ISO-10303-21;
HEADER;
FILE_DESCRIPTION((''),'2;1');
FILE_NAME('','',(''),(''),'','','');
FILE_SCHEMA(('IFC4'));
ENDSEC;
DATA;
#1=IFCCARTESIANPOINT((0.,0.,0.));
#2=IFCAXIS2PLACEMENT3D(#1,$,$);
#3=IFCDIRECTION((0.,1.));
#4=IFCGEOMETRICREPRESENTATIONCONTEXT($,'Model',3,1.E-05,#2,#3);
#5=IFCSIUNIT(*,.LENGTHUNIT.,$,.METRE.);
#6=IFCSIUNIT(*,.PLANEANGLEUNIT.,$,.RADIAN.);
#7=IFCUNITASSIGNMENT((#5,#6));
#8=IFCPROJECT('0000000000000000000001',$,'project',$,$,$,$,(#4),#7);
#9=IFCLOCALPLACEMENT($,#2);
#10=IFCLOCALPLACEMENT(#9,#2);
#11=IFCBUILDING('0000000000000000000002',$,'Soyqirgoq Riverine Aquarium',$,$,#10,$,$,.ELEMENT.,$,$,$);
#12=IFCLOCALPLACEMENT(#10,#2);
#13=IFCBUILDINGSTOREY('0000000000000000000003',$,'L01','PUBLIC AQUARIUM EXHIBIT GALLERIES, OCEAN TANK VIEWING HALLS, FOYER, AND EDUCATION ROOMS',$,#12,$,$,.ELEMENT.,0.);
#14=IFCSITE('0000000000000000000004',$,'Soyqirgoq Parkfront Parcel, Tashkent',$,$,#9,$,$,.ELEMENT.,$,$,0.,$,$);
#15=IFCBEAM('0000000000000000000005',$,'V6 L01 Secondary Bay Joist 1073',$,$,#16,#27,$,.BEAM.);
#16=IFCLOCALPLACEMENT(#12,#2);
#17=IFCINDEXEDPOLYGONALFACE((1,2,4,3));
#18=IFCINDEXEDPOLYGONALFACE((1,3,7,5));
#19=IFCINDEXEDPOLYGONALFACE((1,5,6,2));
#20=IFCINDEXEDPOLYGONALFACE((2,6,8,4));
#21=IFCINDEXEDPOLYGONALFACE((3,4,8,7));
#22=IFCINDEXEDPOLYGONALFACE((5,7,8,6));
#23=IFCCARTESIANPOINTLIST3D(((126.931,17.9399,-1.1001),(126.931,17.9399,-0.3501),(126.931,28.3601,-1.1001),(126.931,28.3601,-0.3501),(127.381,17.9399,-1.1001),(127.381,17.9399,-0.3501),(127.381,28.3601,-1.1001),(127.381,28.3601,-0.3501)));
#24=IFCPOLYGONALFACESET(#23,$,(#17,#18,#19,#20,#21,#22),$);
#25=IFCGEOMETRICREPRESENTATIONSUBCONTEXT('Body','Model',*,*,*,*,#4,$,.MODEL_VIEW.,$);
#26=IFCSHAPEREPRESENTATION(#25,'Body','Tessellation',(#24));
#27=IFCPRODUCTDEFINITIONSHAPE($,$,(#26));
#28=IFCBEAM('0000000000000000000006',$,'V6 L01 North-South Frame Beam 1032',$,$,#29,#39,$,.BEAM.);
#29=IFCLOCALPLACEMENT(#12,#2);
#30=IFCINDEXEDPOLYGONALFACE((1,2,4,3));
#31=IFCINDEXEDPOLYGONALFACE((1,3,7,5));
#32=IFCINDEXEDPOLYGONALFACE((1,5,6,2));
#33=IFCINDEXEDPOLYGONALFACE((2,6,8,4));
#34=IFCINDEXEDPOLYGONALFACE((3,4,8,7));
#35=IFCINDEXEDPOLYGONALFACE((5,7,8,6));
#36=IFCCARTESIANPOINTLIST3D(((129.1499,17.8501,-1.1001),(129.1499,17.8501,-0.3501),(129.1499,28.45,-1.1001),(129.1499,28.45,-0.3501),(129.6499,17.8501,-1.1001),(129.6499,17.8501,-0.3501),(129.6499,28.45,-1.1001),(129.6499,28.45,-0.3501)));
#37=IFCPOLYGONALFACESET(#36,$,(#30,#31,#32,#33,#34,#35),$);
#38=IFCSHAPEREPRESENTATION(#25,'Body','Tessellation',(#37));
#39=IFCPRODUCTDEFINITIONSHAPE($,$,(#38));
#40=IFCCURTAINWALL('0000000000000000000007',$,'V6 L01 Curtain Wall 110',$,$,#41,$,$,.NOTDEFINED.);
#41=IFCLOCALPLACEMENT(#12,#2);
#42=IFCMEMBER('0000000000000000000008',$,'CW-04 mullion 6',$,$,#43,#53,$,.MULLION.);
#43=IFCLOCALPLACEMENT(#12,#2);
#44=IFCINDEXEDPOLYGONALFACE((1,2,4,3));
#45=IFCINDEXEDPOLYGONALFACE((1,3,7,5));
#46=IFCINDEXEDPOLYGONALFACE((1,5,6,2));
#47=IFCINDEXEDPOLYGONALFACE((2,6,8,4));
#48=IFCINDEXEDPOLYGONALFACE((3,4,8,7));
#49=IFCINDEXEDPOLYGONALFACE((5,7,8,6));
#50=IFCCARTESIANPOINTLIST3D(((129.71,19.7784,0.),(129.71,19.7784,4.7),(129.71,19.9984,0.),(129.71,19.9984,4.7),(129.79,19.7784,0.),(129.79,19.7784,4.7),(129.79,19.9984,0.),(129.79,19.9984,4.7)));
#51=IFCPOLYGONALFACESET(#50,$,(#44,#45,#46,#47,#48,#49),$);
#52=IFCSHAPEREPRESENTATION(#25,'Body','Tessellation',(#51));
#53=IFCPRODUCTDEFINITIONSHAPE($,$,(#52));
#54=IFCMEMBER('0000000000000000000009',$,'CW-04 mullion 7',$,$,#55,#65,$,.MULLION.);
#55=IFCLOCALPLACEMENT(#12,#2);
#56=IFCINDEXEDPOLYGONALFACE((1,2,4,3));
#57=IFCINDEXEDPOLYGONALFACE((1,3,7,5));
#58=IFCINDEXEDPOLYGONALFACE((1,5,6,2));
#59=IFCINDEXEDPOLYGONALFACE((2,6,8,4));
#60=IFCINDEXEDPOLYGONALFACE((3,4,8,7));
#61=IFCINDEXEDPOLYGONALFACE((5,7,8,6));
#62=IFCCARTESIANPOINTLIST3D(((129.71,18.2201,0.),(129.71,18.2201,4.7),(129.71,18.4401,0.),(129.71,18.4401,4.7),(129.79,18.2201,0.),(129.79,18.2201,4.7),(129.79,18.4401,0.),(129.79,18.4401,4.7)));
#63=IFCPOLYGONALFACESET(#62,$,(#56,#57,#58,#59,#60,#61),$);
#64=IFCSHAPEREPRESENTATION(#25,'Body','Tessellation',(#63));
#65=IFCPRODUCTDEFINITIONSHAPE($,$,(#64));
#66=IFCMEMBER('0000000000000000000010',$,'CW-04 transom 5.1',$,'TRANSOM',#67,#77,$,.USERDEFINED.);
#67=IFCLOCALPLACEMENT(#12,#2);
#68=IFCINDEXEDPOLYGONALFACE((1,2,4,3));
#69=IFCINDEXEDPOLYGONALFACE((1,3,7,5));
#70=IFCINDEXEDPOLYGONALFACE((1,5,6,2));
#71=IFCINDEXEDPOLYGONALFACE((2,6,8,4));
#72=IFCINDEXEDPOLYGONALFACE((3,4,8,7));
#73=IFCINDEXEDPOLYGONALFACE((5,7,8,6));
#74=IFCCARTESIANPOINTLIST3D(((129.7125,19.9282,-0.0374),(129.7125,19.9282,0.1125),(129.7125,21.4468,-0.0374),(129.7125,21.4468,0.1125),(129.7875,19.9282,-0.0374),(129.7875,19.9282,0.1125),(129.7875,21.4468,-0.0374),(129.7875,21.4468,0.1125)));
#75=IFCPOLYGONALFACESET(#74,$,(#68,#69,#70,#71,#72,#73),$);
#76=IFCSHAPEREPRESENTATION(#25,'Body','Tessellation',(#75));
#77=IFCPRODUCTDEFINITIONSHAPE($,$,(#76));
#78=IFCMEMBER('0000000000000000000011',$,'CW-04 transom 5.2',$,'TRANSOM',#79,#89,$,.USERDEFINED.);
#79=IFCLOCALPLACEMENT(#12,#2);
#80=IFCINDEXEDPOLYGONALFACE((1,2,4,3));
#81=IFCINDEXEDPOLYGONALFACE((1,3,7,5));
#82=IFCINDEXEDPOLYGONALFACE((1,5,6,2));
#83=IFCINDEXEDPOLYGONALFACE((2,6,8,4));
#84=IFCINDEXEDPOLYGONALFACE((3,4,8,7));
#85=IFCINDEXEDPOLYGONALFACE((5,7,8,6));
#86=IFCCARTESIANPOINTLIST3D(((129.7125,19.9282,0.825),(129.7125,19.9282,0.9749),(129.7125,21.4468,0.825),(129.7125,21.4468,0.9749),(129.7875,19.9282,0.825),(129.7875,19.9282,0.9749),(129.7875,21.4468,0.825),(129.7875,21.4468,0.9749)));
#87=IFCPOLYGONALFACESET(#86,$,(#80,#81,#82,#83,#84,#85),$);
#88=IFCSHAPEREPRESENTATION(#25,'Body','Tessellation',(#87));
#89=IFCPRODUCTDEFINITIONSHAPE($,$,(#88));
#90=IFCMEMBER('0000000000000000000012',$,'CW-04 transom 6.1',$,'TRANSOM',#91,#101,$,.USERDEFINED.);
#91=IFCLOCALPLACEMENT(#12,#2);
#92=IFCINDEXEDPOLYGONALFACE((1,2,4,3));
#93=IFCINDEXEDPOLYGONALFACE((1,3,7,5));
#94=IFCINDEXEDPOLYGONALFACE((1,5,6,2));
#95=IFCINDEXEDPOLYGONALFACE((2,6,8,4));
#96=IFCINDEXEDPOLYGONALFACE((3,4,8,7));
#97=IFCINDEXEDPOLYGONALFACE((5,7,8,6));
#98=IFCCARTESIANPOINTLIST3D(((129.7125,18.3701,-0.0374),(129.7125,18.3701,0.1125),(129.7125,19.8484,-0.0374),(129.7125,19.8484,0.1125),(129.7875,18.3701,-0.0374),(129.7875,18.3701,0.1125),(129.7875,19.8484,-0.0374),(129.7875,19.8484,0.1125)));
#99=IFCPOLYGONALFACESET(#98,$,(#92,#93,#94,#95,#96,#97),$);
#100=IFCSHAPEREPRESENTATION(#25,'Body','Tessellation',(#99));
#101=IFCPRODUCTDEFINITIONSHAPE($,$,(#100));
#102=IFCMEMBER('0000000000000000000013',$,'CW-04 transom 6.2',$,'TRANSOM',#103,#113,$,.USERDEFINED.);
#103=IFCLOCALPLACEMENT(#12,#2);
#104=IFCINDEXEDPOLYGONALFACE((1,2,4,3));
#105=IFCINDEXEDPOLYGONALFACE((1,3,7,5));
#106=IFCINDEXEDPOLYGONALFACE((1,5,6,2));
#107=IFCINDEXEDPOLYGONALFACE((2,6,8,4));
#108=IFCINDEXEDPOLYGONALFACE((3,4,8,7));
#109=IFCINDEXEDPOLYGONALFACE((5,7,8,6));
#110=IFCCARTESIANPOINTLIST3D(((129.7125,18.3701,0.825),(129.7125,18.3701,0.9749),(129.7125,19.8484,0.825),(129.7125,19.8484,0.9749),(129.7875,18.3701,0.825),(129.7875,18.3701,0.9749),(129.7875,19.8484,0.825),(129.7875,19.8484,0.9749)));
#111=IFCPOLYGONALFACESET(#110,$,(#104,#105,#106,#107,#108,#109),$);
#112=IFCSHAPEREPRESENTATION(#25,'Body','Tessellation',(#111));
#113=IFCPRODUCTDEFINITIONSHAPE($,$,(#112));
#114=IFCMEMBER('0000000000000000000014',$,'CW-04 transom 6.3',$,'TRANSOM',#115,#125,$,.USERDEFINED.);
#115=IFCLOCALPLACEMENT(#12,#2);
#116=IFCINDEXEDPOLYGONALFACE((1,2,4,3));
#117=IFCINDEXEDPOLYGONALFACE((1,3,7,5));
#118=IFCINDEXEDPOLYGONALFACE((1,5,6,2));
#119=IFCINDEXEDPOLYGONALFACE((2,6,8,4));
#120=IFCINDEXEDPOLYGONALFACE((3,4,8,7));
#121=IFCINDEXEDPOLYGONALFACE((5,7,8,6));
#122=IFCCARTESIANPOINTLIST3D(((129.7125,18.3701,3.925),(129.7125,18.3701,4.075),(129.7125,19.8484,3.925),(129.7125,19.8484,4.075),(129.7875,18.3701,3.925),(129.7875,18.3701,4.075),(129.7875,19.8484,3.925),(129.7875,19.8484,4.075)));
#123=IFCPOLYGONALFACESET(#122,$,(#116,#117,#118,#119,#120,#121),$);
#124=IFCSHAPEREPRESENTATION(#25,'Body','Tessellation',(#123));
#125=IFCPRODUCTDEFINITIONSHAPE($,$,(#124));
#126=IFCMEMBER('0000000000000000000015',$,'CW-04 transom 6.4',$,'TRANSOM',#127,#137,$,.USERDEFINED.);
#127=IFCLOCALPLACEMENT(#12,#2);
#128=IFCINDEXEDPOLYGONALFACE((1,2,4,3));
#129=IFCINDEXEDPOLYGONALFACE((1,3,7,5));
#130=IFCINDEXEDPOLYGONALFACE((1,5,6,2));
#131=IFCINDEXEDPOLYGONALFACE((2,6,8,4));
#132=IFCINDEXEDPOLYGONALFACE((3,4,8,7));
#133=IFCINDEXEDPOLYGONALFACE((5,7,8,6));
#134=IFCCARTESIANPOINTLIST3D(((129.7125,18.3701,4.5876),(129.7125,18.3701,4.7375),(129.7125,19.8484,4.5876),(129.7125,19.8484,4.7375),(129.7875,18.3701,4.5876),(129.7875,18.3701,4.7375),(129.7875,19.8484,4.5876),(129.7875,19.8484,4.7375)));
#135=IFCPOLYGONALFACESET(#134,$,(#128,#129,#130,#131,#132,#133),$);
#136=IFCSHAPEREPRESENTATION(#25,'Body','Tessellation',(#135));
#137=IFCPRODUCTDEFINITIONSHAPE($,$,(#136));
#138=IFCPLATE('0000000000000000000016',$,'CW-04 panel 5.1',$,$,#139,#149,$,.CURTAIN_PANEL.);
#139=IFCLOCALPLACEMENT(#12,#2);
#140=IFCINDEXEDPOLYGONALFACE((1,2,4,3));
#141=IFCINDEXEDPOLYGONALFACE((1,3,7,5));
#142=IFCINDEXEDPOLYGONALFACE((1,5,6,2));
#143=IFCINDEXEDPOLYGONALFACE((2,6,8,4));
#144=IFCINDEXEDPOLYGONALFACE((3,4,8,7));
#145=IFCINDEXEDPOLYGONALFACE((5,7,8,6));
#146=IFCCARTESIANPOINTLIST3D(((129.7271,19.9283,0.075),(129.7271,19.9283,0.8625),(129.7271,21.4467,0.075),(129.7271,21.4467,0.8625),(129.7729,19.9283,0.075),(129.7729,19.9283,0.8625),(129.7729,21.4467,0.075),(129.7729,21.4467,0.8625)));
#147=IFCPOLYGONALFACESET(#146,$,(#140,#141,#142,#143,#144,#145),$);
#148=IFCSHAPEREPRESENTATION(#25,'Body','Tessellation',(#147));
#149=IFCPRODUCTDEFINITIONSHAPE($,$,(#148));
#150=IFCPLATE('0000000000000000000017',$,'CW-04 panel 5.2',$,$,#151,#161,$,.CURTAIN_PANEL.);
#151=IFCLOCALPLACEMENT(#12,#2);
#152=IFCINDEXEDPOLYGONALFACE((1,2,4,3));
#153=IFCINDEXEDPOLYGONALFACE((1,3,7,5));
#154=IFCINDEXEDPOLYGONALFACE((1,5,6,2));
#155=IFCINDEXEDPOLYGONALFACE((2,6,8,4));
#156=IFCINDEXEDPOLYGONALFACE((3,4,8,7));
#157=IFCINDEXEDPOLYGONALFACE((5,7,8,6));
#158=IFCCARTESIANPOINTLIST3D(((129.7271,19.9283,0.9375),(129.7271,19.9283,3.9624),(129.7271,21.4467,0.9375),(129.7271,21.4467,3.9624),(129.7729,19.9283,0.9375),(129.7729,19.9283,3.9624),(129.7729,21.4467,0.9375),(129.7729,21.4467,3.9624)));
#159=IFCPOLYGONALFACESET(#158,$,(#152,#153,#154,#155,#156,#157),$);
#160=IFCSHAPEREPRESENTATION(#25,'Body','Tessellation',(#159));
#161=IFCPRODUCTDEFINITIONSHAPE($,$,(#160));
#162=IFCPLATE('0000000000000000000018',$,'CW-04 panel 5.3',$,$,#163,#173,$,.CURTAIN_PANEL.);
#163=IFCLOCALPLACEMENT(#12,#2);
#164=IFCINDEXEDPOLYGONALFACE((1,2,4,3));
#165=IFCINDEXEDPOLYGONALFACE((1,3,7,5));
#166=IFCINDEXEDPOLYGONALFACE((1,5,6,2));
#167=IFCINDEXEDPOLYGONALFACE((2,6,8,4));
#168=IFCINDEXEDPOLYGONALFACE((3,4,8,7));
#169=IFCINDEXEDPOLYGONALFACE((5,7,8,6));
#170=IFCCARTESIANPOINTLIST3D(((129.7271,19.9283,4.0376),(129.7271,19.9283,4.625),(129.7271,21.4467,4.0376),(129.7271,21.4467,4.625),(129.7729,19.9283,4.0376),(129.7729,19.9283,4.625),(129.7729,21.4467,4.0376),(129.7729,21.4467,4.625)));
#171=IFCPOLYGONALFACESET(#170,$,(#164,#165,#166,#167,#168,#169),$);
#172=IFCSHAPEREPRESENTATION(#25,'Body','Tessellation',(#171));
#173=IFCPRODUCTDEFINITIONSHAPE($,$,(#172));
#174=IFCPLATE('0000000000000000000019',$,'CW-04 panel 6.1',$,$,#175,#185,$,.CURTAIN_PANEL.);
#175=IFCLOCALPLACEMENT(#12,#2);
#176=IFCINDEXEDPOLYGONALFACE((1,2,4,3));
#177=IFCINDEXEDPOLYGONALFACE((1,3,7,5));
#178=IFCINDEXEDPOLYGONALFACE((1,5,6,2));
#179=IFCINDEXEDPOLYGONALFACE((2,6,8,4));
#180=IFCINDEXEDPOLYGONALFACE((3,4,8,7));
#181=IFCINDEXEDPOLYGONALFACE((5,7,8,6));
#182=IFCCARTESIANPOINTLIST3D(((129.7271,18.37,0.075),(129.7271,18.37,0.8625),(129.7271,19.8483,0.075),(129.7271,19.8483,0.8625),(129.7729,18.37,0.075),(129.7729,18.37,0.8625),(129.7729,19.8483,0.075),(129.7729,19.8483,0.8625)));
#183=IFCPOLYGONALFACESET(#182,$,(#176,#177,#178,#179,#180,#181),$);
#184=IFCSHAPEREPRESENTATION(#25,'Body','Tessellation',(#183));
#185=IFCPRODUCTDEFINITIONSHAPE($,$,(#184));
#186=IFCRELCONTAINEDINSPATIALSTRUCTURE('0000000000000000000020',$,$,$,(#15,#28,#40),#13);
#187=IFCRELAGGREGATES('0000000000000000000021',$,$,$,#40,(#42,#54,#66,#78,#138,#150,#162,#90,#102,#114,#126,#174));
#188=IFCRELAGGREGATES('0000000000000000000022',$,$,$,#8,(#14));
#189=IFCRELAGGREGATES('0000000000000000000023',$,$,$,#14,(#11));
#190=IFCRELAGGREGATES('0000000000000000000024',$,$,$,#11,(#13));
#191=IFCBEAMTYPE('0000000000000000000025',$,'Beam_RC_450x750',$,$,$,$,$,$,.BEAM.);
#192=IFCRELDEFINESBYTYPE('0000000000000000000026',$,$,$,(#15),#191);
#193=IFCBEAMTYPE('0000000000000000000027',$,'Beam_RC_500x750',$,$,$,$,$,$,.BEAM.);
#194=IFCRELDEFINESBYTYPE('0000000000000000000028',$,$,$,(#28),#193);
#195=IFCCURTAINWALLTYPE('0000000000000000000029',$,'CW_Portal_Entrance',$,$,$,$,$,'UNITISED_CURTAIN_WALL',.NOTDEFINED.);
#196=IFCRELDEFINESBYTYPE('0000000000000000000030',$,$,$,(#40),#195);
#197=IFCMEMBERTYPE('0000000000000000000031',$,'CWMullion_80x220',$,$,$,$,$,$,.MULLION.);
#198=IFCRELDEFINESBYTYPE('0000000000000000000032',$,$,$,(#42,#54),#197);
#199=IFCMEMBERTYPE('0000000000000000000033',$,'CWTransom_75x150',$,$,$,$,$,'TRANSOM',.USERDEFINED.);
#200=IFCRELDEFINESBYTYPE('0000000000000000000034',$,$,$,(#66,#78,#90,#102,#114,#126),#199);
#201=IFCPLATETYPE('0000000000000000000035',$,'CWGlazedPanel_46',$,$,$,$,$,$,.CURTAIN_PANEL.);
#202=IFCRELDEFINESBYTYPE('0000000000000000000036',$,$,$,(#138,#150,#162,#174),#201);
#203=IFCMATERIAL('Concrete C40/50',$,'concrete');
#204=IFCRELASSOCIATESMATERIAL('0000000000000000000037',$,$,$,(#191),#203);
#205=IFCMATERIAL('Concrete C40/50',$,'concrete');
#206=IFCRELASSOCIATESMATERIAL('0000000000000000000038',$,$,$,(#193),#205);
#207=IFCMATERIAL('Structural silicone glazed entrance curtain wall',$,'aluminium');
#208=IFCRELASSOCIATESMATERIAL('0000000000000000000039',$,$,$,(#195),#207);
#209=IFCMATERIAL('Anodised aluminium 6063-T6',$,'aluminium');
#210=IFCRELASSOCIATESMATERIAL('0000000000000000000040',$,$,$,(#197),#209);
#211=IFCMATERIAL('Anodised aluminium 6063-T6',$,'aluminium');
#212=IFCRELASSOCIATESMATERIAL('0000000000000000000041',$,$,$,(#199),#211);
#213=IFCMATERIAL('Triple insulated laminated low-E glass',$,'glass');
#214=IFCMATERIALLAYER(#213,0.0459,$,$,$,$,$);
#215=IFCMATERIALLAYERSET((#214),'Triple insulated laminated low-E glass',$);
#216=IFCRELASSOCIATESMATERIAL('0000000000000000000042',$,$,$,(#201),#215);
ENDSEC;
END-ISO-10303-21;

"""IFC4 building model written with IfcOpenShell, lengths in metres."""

from ifc_helpers import new_model, si_unit, direction, frame, origin, origin_2d, place, context, subcontext, project, spatial, rectangle, extrude, material, layer, layer_set, material_profile, profile_set, type_object, element, aggregate, save


model = new_model("IFC4")

# Units and contexts
model_context = context("Model", 3, precision=1e-05, world=origin(), true_north=direction((0.0, 1.0)))
body_context = subcontext(model_context, "Body", "Model", "MODEL_VIEW")
ifc_project = project(units=[si_unit("LENGTHUNIT", "METRE"), si_unit("PLANEANGLEUNIT", "RADIAN")], contexts=[model_context])

# Site, building, storey
site_placement = place(None, origin())
site = spatial("IfcSite", under=ifc_project, at=site_placement, Name="Soyqirgoq Parkfront Parcel, Tashkent", CompositionType="ELEMENT", RefElevation=0.0)
building_placement = place(site_placement, origin())
building = spatial("IfcBuilding", under=site, at=building_placement, Name="Soyqirgoq Riverine Aquarium", CompositionType="ELEMENT")
storey_placement = place(building_placement, origin())
storey = spatial("IfcBuildingStorey", under=building, at=storey_placement, Name="L01", Description="PUBLIC AQUARIUM EXHIBIT GALLERIES, OCEAN TANK VIEWING HALLS, FOYER, AND EDUCATION ROOMS", CompositionType="ELEMENT", Elevation=0.0)

# Beams
ifc_material_1 = material(Name="Concrete C40/50", Category="concrete")
ifc_material_profile_1 = material_profile(ifc_material_1, rectangle(XDim=0.45, YDim=0.75, at=origin_2d()), Name="RC 450x750")
ifc_profile_set_1 = profile_set([ifc_material_profile_1], Name="Concrete C40/50")
beam_type_1 = type_object("IfcBeamType", Name="Beam_RC_450x750", PredefinedType="BEAM", material=ifc_profile_set_1)
beam_1_placement = place(storey_placement, frame((127.156, 17.9399, -0.7251), z_axis=(0.0, 1.0, 0.0), x_axis=(-1.0, 0.0, 0.0)))
element("IfcBeam", 1, at=beam_1_placement, inside=storey, type_object=beam_type_1, Name="V6 L01 Secondary Bay Joist 1073", PredefinedType="BEAM", context=body_context, shape_type="SweptSolid", body=[
    extrude(rectangle(XDim=0.45, YDim=0.75, at=origin_2d()), origin(), (0.0, 0.0, 1.0), 10.4202),
])
ifc_material_2 = material(Name="Concrete C40/50", Category="concrete")
ifc_material_profile_2 = material_profile(ifc_material_2, rectangle(XDim=0.5, YDim=0.75, at=origin_2d()), Name="RC 500x750")
ifc_profile_set_2 = profile_set([ifc_material_profile_2], Name="Concrete C40/50")
beam_type_2 = type_object("IfcBeamType", Name="Beam_RC_500x750", PredefinedType="BEAM", material=ifc_profile_set_2)
beam_2_placement = place(storey_placement, frame((129.3999, 17.8501, -0.7251), z_axis=(0.0, 1.0, 0.0), x_axis=(-1.0, 0.0, 0.0)))
element("IfcBeam", 2, at=beam_2_placement, inside=storey, type_object=beam_type_2, Name="V6 L01 North-South Frame Beam 1032", PredefinedType="BEAM", context=body_context, shape_type="SweptSolid", body=[
    extrude(rectangle(XDim=0.5, YDim=0.75, at=origin_2d()), origin(), (0.0, 0.0, 1.0), 10.5999),
])

# Curtain wall, members, plates
ifc_material_3 = material(Name="Structural silicone glazed entrance curtain wall", Category="aluminium")
curtain_wall_type = type_object("IfcCurtainWallType", Name="CW_Portal_Entrance", ElementType="UNITISED_CURTAIN_WALL", PredefinedType="NOTDEFINED", material=ifc_material_3)
curtain_wall_placement = place(storey_placement, origin())
curtain_wall = element("IfcCurtainWall", 3, at=curtain_wall_placement, inside=storey, type_object=curtain_wall_type, Name="V6 L01 Curtain Wall 110", PredefinedType="NOTDEFINED")
ifc_material_4 = material(Name="Anodised aluminium 6063-T6", Category="aluminium")
ifc_material_profile_3 = material_profile(ifc_material_4, rectangle(XDim=0.0801, YDim=0.22, at=origin_2d()), Name="ALU-M 80x220")
ifc_profile_set_3 = profile_set([ifc_material_profile_3], Name="Anodised aluminium 6063-T6")
member_type_1 = type_object("IfcMemberType", Name="CWMullion_80x220", PredefinedType="MULLION", material=ifc_profile_set_3)
member_1_placement = place(storey_placement, frame((129.75, 19.8884, 0.0), z_axis=(0.0, 0.0, 1.0), x_axis=(1.0, 0.0, 0.0)))
member_1 = element("IfcMember", 4, at=member_1_placement, type_object=member_type_1, Name="CW-04 mullion 6", PredefinedType="MULLION", context=body_context, shape_type="SweptSolid", body=[
    extrude(rectangle(XDim=0.0801, YDim=0.22, at=origin_2d()), origin(), (0.0, 0.0, 1.0), 4.7),
])
member_2_placement = place(storey_placement, frame((129.75, 18.3301, 0.0), z_axis=(0.0, 0.0, 1.0), x_axis=(1.0, 0.0, 0.0)))
member_2 = element("IfcMember", 5, at=member_2_placement, type_object=member_type_1, Name="CW-04 mullion 7", PredefinedType="MULLION", context=body_context, shape_type="SweptSolid", body=[
    extrude(rectangle(XDim=0.0801, YDim=0.22, at=origin_2d()), origin(), (0.0, 0.0, 1.0), 4.7),
])
ifc_material_5 = material(Name="Anodised aluminium 6063-T6", Category="aluminium")
ifc_material_profile_4 = material_profile(ifc_material_5, rectangle(XDim=0.075, YDim=0.1499, at=origin_2d()), Name="ALU-T 75x150")
ifc_profile_set_4 = profile_set([ifc_material_profile_4], Name="Anodised aluminium 6063-T6")
member_type_2 = type_object("IfcMemberType", Name="CWTransom_75x150", ElementType="TRANSOM", PredefinedType="USERDEFINED", material=ifc_profile_set_4)
member_3_placement = place(storey_placement, frame((129.75, 21.4468, 0.0376), z_axis=(0.0, -1.0, 0.0), x_axis=(1.0, 0.0, 0.0)))
member_3 = element("IfcMember", 6, at=member_3_placement, type_object=member_type_2, Name="CW-04 transom 5.1", ObjectType="TRANSOM", PredefinedType="USERDEFINED", context=body_context, shape_type="SweptSolid", body=[
    extrude(rectangle(XDim=0.075, YDim=0.1499, at=origin_2d()), origin(), (0.0, 0.0, 1.0), 1.5186),
])
member_4_placement = place(storey_placement, frame((129.75, 21.4468, 0.8999), z_axis=(0.0, -1.0, 0.0), x_axis=(1.0, 0.0, 0.0)))
member_4 = element("IfcMember", 7, at=member_4_placement, type_object=member_type_2, Name="CW-04 transom 5.2", ObjectType="TRANSOM", PredefinedType="USERDEFINED", context=body_context, shape_type="SweptSolid", body=[
    extrude(rectangle(XDim=0.075, YDim=0.1499, at=origin_2d()), origin(), (0.0, 0.0, 1.0), 1.5186),
])
member_5_placement = place(storey_placement, frame((129.75, 19.8484, 0.0376), z_axis=(0.0, -1.0, 0.0), x_axis=(1.0, 0.0, 0.0)))
member_5 = element("IfcMember", 8, at=member_5_placement, type_object=member_type_2, Name="CW-04 transom 6.1", ObjectType="TRANSOM", PredefinedType="USERDEFINED", context=body_context, shape_type="SweptSolid", body=[
    extrude(rectangle(XDim=0.075, YDim=0.1499, at=origin_2d()), origin(), (0.0, 0.0, 1.0), 1.4783),
])
member_6_placement = place(storey_placement, frame((129.75, 19.8484, 0.8999), z_axis=(0.0, -1.0, 0.0), x_axis=(1.0, 0.0, 0.0)))
member_6 = element("IfcMember", 9, at=member_6_placement, type_object=member_type_2, Name="CW-04 transom 6.2", ObjectType="TRANSOM", PredefinedType="USERDEFINED", context=body_context, shape_type="SweptSolid", body=[
    extrude(rectangle(XDim=0.075, YDim=0.1499, at=origin_2d()), origin(), (0.0, 0.0, 1.0), 1.4783),
])
member_7_placement = place(storey_placement, frame((129.75, 19.8484, 4.0), z_axis=(0.0, -1.0, 0.0), x_axis=(1.0, 0.0, 0.0)))
member_7 = element("IfcMember", 10, at=member_7_placement, type_object=member_type_2, Name="CW-04 transom 6.3", ObjectType="TRANSOM", PredefinedType="USERDEFINED", context=body_context, shape_type="SweptSolid", body=[
    extrude(rectangle(XDim=0.075, YDim=0.1499, at=origin_2d()), origin(), (0.0, 0.0, 1.0), 1.4783),
])
member_8_placement = place(storey_placement, frame((129.75, 19.8484, 4.6626), z_axis=(0.0, -1.0, 0.0), x_axis=(1.0, 0.0, 0.0)))
member_8 = element("IfcMember", 11, at=member_8_placement, type_object=member_type_2, Name="CW-04 transom 6.4", ObjectType="TRANSOM", PredefinedType="USERDEFINED", context=body_context, shape_type="SweptSolid", body=[
    extrude(rectangle(XDim=0.075, YDim=0.1499, at=origin_2d()), origin(), (0.0, 0.0, 1.0), 1.4783),
])
ifc_material_6 = material(Name="Triple insulated laminated low-E glass", Category="glass")
ifc_layer_1 = layer(ifc_material_6, 0.0459)
ifc_layer_set_1 = layer_set([ifc_layer_1], Name="Triple insulated laminated low-E glass")
plate_type = type_object("IfcPlateType", Name="CWGlazedPanel_46", PredefinedType="CURTAIN_PANEL", material=ifc_layer_set_1)
plate_1_placement = place(storey_placement, frame((129.75, 20.6875, 0.075), z_axis=(0.0, 0.0, 1.0), x_axis=(0.0, -1.0, 0.0)))
plate_1 = element("IfcPlate", 12, at=plate_1_placement, type_object=plate_type, Name="CW-04 panel 5.1", PredefinedType="CURTAIN_PANEL", context=body_context, shape_type="SweptSolid", body=[
    extrude(rectangle(XDim=1.5183, YDim=0.0459, at=origin_2d()), origin(), (0.0, 0.0, 1.0), 0.7876),
])
plate_2_placement = place(storey_placement, frame((129.75, 20.6875, 0.9375), z_axis=(0.0, 0.0, 1.0), x_axis=(0.0, -1.0, 0.0)))
plate_2 = element("IfcPlate", 13, at=plate_2_placement, type_object=plate_type, Name="CW-04 panel 5.2", PredefinedType="CURTAIN_PANEL", context=body_context, shape_type="SweptSolid", body=[
    extrude(rectangle(XDim=1.5183, YDim=0.0459, at=origin_2d()), origin(), (0.0, 0.0, 1.0), 3.0249),
])
plate_3_placement = place(storey_placement, frame((129.75, 20.6875, 4.0376), z_axis=(0.0, 0.0, 1.0), x_axis=(0.0, -1.0, 0.0)))
plate_3 = element("IfcPlate", 14, at=plate_3_placement, type_object=plate_type, Name="CW-04 panel 5.3", PredefinedType="CURTAIN_PANEL", context=body_context, shape_type="SweptSolid", body=[
    extrude(rectangle(XDim=1.5183, YDim=0.0459, at=origin_2d()), origin(), (0.0, 0.0, 1.0), 0.5874),
])
plate_4_placement = place(storey_placement, frame((129.75, 19.1091, 0.075), z_axis=(0.0, 0.0, 1.0), x_axis=(0.0, -1.0, 0.0)))
plate_4 = element("IfcPlate", 15, at=plate_4_placement, type_object=plate_type, Name="CW-04 panel 6.1", PredefinedType="CURTAIN_PANEL", context=body_context, shape_type="SweptSolid", body=[
    extrude(rectangle(XDim=1.4783, YDim=0.0459, at=origin_2d()), origin(), (0.0, 0.0, 1.0), 0.7876),
])
aggregate(curtain_wall, [member_1, member_2, member_3, member_4, plate_1, plate_2, plate_3, member_5, member_6, member_7, member_8, plate_4])

save(model, "model.ifc")
